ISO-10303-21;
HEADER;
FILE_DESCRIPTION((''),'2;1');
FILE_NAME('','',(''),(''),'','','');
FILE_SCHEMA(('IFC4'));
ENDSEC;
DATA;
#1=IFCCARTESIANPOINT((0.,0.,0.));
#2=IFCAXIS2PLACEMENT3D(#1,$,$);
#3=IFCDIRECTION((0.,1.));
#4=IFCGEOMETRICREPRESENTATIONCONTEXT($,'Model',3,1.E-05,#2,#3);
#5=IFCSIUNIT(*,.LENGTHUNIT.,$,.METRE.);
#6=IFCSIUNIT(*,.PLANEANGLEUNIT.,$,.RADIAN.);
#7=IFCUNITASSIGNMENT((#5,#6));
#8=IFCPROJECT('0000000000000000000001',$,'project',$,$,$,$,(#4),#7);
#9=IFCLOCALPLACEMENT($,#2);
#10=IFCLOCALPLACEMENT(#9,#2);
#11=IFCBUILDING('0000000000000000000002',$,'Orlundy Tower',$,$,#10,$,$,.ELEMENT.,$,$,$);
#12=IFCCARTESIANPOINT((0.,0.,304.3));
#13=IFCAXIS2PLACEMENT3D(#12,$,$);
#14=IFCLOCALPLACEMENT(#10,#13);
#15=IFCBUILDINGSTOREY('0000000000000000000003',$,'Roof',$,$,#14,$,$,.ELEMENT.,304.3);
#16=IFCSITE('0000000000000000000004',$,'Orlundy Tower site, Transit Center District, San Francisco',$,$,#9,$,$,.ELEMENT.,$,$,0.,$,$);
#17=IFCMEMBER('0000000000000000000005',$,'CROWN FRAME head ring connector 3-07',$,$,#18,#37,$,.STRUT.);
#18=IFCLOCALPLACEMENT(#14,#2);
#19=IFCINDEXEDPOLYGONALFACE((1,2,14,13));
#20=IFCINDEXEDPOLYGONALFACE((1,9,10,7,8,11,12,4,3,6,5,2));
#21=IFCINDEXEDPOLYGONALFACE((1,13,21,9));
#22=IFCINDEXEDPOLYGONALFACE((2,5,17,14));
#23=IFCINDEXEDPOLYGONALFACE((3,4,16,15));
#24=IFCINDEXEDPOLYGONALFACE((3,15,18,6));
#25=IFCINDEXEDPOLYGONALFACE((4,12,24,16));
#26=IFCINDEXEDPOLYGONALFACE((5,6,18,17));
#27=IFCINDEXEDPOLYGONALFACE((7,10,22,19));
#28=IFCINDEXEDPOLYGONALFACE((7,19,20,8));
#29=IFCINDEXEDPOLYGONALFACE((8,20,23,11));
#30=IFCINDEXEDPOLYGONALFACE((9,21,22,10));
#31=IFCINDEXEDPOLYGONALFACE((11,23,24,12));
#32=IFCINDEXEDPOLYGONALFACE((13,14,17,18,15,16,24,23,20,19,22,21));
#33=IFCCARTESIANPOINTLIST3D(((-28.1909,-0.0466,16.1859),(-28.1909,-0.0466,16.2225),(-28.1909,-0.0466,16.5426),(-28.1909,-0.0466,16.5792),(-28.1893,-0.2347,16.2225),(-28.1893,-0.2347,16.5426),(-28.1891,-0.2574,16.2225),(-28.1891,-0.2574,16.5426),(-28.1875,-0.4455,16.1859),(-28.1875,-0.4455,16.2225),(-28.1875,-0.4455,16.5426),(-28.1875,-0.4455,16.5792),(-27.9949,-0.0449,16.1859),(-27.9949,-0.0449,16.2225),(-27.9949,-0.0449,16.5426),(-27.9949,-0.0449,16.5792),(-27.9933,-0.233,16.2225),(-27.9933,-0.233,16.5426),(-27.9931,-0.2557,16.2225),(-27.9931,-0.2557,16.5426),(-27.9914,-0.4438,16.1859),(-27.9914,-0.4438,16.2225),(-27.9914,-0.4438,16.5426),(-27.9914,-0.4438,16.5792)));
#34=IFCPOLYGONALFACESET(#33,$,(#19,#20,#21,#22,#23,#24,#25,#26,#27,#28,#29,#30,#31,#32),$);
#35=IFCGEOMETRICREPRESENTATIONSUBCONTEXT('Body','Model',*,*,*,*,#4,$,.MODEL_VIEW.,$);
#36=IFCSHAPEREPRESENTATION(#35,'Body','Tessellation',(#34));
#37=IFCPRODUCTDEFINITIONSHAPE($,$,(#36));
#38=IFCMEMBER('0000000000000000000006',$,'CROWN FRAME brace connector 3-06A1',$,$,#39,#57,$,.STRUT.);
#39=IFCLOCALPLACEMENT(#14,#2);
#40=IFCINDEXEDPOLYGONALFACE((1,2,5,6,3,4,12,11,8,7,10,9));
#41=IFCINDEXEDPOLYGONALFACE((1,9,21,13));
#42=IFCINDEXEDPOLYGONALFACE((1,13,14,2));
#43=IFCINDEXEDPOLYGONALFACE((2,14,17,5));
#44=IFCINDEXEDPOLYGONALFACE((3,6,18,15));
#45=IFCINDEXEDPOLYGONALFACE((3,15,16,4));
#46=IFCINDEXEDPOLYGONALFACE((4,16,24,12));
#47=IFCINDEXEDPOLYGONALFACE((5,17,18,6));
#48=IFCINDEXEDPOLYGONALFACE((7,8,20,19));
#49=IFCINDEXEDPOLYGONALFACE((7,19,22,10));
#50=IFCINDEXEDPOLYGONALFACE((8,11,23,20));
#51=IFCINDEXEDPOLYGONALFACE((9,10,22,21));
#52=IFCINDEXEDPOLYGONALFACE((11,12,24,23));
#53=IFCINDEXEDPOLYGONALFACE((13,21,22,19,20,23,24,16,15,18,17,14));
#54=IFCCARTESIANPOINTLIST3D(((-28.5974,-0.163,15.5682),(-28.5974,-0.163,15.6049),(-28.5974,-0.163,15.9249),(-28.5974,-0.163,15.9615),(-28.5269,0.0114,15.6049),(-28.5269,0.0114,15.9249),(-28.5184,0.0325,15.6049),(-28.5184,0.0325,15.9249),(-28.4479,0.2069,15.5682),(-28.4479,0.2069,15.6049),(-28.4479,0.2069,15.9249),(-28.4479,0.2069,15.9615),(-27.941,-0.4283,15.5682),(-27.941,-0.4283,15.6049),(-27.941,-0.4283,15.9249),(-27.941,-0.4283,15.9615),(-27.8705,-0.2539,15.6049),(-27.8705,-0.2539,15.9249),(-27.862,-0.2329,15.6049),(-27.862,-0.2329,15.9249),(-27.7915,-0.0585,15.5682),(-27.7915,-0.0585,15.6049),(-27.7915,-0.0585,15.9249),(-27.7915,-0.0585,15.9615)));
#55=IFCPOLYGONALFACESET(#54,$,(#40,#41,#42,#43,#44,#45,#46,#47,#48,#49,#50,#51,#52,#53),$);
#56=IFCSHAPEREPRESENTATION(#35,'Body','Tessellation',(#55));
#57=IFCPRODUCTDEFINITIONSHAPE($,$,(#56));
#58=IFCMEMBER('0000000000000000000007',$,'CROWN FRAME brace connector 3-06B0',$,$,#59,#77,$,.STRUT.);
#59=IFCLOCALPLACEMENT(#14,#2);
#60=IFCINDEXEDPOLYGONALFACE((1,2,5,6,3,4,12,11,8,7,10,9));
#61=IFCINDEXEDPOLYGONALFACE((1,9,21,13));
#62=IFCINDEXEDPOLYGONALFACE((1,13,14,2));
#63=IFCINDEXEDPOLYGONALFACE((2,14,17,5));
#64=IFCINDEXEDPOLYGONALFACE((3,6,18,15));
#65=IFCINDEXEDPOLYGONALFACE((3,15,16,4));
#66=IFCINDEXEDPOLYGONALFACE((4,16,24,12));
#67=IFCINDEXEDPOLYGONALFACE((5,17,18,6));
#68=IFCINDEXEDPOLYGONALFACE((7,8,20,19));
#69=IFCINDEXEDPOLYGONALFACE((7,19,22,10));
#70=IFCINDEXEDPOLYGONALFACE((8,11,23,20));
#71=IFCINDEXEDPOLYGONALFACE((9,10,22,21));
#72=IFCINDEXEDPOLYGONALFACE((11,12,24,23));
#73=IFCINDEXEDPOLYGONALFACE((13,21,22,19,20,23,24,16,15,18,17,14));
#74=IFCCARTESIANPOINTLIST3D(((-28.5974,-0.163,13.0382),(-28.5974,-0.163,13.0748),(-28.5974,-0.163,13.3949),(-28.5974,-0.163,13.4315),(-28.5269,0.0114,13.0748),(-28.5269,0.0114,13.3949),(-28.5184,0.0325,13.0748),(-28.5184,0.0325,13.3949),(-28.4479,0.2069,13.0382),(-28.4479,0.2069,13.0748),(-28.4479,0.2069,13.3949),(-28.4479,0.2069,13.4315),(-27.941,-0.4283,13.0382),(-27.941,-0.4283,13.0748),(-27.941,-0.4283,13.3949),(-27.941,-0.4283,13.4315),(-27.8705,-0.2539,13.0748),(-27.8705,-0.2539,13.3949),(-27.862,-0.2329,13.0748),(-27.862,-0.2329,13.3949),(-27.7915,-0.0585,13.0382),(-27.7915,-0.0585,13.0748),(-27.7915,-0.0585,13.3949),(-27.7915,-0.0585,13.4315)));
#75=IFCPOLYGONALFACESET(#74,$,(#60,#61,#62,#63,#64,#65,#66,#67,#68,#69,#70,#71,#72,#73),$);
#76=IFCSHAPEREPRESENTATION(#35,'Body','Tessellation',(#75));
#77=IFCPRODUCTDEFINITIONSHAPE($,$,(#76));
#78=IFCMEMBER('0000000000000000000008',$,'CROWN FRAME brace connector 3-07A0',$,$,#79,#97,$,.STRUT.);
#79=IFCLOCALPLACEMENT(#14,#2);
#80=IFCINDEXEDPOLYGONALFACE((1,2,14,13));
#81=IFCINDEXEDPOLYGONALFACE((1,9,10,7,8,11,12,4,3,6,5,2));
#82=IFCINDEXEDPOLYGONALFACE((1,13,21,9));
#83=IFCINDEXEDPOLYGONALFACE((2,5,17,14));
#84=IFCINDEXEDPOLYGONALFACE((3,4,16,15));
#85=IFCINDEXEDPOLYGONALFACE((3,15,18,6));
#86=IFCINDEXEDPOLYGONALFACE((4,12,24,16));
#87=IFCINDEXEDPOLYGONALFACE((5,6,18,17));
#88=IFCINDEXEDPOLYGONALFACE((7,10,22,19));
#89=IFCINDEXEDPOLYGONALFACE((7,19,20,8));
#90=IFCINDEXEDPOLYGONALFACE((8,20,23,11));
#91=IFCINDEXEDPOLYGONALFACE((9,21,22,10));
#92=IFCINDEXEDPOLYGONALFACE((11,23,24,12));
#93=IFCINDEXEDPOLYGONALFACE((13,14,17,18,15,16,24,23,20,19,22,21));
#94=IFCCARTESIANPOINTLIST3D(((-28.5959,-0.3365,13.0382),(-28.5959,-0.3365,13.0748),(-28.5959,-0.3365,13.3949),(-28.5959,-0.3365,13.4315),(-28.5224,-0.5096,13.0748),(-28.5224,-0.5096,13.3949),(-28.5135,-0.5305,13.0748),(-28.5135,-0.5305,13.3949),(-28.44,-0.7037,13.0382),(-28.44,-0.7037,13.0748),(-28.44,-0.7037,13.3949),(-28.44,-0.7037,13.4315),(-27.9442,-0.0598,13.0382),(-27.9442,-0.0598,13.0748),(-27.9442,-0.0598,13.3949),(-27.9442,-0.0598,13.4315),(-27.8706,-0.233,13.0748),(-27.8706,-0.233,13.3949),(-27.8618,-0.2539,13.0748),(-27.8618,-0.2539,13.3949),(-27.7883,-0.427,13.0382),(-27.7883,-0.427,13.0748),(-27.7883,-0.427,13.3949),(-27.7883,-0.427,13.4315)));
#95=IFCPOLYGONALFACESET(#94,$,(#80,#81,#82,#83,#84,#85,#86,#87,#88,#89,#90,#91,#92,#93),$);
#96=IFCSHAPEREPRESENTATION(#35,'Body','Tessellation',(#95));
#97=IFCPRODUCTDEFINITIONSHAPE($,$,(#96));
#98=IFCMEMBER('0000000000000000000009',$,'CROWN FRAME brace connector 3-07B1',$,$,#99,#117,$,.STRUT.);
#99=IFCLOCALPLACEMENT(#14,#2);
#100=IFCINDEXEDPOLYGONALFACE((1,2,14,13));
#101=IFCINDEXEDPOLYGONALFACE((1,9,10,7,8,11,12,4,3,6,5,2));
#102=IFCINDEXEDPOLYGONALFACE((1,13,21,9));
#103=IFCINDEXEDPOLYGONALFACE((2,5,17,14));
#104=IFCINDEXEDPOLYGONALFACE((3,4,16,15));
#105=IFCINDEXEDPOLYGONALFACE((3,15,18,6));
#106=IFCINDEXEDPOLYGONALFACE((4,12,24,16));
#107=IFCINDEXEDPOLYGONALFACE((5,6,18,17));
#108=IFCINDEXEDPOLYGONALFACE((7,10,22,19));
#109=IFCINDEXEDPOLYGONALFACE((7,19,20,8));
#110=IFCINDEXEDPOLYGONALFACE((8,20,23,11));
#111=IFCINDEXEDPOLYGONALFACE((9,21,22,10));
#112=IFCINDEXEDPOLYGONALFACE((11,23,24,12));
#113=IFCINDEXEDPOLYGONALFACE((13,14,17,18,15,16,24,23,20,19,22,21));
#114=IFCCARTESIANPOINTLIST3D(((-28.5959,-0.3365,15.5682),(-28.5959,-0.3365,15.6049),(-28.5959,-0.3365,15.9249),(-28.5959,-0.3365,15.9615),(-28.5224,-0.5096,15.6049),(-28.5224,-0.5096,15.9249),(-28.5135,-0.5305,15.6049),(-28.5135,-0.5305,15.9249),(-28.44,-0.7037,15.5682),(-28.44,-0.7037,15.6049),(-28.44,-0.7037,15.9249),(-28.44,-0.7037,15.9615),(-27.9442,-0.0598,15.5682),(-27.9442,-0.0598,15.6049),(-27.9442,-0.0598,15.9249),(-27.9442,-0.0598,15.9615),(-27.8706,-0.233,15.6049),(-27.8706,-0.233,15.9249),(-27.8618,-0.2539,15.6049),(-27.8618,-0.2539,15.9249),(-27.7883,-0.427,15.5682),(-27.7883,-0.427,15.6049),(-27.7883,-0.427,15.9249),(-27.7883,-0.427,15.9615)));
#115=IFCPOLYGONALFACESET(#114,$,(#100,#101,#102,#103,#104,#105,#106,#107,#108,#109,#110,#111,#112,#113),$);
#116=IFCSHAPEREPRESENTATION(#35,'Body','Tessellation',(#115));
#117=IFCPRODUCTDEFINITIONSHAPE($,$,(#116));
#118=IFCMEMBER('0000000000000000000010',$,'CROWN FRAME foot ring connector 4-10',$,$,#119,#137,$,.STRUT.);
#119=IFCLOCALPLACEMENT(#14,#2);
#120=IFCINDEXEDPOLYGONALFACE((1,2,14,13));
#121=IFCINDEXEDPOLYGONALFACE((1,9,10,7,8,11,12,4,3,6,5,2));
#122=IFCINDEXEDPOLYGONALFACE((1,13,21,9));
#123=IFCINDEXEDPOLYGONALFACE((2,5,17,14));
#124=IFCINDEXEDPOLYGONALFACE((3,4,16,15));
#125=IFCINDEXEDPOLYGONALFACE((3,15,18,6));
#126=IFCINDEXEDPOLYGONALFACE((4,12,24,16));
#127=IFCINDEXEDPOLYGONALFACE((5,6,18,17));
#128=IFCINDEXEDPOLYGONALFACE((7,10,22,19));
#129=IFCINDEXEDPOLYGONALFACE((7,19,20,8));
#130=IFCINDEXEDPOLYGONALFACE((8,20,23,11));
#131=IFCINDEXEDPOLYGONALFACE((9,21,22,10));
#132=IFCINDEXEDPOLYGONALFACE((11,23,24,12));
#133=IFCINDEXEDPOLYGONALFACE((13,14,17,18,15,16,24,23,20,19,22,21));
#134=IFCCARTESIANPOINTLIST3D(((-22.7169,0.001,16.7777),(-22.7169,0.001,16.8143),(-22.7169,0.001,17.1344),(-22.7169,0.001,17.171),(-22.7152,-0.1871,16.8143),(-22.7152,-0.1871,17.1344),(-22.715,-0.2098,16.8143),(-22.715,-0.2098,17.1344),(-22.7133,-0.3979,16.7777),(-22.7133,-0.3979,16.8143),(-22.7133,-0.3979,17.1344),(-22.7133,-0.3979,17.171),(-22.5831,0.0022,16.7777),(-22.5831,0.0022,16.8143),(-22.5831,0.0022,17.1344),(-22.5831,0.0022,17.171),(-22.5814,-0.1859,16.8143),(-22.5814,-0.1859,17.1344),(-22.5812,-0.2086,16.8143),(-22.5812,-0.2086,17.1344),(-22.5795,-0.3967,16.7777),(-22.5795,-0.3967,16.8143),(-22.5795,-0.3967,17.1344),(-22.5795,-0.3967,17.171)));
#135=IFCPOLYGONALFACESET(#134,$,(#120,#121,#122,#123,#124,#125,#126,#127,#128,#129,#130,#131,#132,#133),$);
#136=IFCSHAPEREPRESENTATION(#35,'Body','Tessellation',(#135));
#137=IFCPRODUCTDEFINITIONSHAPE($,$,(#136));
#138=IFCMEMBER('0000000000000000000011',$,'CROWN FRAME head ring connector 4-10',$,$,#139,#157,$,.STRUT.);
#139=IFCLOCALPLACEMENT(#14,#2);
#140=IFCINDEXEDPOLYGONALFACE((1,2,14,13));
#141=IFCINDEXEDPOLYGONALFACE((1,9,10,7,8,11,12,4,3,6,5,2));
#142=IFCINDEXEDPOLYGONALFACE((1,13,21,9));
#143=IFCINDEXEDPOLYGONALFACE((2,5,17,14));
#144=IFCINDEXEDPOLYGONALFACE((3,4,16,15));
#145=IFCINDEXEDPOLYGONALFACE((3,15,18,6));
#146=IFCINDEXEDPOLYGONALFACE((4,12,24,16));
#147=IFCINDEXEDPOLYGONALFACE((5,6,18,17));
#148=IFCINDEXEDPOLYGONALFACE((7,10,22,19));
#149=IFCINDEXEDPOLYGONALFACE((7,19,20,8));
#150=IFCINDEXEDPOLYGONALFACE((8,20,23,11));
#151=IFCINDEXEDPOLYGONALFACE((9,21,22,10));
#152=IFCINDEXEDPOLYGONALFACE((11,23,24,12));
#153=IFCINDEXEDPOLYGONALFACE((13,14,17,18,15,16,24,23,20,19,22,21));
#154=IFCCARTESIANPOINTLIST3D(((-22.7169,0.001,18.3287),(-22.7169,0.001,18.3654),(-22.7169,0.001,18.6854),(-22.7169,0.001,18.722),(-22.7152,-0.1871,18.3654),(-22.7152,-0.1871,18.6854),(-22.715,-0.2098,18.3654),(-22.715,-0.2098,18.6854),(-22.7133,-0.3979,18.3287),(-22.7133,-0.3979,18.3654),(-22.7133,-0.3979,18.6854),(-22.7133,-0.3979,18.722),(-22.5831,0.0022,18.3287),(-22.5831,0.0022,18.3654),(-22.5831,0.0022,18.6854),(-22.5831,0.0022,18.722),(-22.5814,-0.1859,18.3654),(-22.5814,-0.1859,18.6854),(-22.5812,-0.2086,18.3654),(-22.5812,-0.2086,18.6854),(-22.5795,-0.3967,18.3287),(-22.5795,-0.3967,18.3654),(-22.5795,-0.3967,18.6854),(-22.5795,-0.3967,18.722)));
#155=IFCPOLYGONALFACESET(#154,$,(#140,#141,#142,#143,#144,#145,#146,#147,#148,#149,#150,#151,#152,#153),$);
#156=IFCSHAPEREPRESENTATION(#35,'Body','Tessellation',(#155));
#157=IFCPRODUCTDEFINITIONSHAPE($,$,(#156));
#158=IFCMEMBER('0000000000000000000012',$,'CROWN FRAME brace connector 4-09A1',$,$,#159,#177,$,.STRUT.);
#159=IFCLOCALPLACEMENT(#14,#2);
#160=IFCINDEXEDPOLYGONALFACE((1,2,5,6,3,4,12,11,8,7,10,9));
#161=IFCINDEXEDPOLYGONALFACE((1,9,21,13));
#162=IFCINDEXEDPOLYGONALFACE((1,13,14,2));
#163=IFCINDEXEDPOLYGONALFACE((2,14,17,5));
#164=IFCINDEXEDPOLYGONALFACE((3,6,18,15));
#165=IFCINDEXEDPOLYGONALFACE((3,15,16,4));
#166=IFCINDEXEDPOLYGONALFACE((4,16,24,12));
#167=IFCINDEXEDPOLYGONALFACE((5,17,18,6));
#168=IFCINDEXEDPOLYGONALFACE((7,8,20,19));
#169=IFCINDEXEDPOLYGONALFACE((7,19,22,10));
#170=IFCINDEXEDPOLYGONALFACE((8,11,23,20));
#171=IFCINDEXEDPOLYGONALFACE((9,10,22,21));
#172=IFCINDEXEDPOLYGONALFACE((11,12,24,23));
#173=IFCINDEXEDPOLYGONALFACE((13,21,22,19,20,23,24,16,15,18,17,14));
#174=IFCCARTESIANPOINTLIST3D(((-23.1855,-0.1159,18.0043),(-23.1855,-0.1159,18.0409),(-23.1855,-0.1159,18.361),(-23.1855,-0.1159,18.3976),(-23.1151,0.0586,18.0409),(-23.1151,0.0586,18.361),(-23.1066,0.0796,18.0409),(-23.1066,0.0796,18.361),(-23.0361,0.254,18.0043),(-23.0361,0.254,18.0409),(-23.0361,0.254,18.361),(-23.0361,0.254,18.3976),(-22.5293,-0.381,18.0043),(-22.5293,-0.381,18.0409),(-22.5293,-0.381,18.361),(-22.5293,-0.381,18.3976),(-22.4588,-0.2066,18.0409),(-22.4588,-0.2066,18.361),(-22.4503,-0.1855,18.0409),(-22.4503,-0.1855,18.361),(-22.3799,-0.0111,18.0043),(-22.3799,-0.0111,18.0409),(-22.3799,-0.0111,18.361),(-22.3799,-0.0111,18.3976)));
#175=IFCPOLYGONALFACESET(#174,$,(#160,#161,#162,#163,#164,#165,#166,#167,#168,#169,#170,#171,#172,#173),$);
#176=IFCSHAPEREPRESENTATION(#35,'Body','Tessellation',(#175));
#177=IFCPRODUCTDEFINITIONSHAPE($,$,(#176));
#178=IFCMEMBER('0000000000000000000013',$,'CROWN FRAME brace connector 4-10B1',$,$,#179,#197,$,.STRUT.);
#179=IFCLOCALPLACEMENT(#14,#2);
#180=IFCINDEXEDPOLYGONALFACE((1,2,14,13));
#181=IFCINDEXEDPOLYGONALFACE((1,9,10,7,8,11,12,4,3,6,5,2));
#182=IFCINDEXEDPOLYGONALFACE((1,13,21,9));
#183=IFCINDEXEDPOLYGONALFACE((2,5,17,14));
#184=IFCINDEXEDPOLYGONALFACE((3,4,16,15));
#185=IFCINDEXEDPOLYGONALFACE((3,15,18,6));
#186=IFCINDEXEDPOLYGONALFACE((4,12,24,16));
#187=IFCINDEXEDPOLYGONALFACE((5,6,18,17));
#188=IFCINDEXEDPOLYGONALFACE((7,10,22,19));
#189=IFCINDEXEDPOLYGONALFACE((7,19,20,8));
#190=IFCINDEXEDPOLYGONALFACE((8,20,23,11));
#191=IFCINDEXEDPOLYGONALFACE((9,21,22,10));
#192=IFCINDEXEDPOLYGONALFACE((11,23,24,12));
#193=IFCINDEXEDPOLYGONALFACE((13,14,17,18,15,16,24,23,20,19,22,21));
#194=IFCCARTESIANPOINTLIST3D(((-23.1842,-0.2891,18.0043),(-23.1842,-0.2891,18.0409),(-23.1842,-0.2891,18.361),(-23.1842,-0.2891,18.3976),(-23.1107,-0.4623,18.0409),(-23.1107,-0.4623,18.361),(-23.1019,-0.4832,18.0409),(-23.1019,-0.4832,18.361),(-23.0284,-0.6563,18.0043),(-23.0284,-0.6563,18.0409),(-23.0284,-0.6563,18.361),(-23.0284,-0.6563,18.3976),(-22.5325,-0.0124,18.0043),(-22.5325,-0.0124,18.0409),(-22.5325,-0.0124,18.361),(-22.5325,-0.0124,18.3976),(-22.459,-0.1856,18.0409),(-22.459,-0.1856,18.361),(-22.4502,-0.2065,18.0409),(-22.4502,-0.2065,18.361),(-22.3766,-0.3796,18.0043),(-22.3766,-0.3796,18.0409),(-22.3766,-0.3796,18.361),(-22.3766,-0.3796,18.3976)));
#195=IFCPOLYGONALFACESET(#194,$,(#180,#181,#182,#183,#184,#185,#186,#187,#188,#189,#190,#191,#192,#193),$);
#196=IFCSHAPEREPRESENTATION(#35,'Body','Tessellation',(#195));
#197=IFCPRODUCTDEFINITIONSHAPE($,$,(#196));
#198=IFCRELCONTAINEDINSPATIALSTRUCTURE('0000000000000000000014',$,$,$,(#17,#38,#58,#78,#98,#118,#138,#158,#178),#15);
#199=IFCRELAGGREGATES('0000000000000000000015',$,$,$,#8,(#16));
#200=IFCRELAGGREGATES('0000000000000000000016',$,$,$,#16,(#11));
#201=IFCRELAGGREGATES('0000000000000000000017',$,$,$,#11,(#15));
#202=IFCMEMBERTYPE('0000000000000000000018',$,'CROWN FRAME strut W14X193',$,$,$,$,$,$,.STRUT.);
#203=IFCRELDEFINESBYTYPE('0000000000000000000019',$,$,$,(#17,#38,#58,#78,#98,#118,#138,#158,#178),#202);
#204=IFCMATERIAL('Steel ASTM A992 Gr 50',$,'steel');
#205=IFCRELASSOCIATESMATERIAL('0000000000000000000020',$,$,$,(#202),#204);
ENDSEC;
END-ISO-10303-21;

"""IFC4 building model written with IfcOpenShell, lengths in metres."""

from ifc_helpers import new_model, si_unit, direction, frame, origin, origin_2d, place, context, subcontext, project, spatial, i_section, extrude, material, material_profile, profile_set, type_object, element, save


model = new_model("IFC4")

# Units and contexts
model_context = context("Model", 3, precision=1e-05, world=origin(), true_north=direction((0.0, 1.0)))
body_context = subcontext(model_context, "Body", "Model", "MODEL_VIEW")
ifc_project = project(units=[si_unit("LENGTHUNIT", "METRE"), si_unit("PLANEANGLEUNIT", "RADIAN")], contexts=[model_context])

# Site, building, storey
site_placement = place(None, origin())
site = spatial("IfcSite", under=ifc_project, at=site_placement, Name="Orlundy Tower site, Transit Center District, San Francisco", CompositionType="ELEMENT", RefElevation=0.0)
building_placement = place(site_placement, origin())
building = spatial("IfcBuilding", under=site, at=building_placement, Name="Orlundy Tower", CompositionType="ELEMENT")
storey_placement = place(building_placement, frame((0.0, 0.0, 304.3)))
storey = spatial("IfcBuildingStorey", under=building, at=storey_placement, Name="Roof", CompositionType="ELEMENT", Elevation=304.3)

# Members
ifc_material_1 = material(Name="Steel ASTM A992 Gr 50", Category="steel")
ifc_material_profile_1 = material_profile(ifc_material_1, i_section(OverallWidth=0.3989, OverallDepth=0.3933, WebThickness=0.0227, FlangeThickness=0.0366, at=origin_2d()), Name="W14X193")
ifc_profile_set_1 = profile_set([ifc_material_profile_1], Name="Steel ASTM A992 Gr 50")
member_type = type_object("IfcMemberType", Name="CROWN FRAME strut W14X193", PredefinedType="STRUT", material=ifc_profile_set_1)
member_1_placement = place(storey_placement, frame((-27.9932, -0.2444, 16.3826), z_axis=(-0.999962, -0.008717, 0.0), x_axis=(0.008717, -0.999962, 0.0)))
element("IfcMember", 1, at=member_1_placement, inside=storey, type_object=member_type, Name="CROWN FRAME head ring connector 3-07", PredefinedType="STRUT", context=body_context, shape_type="SweptSolid", body=[
    extrude(i_section(OverallWidth=0.3989, OverallDepth=0.3933, WebThickness=0.0227, FlangeThickness=0.0366, at=origin_2d()), origin(), (0.0, 0.0, 1.0), 0.196),
])
for number, where, z_axis, x_axis, name in (
    (2, (-27.8662, -0.2434, 15.7649), (-0.927115, 0.374777, 0.0), (-0.374777, -0.927115, 0.0), "CROWN FRAME brace connector 3-06A1"),
    (3, (-27.8662, -0.2434, 13.2349), (-0.927115, 0.374777, 0.0), (-0.374777, -0.927115, 0.0), "CROWN FRAME brace connector 3-06B0"),
    (4, (-27.8662, -0.2434, 13.2349), (-0.920495, -0.390754, 0.0), (0.390754, -0.920495, 0.0), "CROWN FRAME brace connector 3-07A0"),
    (5, (-27.8662, -0.2434, 15.7649), (-0.920495, -0.390754, 0.0), (0.390754, -0.920495, 0.0), "CROWN FRAME brace connector 3-07B1"),
):
    element("IfcMember", number, at=place(storey_placement, frame(where, z_axis=z_axis, x_axis=x_axis)), inside=storey, type_object=member_type, Name=name, PredefinedType="STRUT", context=body_context, shape_type="SweptSolid", body=[
        extrude(i_section(OverallWidth=0.3989, OverallDepth=0.3933, WebThickness=0.0227, FlangeThickness=0.0366, at=origin_2d()), origin(), (0.0, 0.0, 1.0), 0.708),
    ])
for number, where, z_axis, x_axis, name in (
    (6, (-22.5813, -0.1973, 16.9744), (-0.999958, -0.009124, 0.0), (0.009124, -0.999958, 0.0), "CROWN FRAME foot ring connector 4-10"),
    (7, (-22.5813, -0.1973, 18.5254), (-0.999958, -0.009124, 0.0), (0.009124, -0.999958, 0.0), "CROWN FRAME head ring connector 4-10"),
):
    element("IfcMember", number, at=place(storey_placement, frame(where, z_axis=z_axis, x_axis=x_axis)), inside=storey, type_object=member_type, Name=name, PredefinedType="STRUT", context=body_context, shape_type="SweptSolid", body=[
        extrude(i_section(OverallWidth=0.3989, OverallDepth=0.3933, WebThickness=0.0227, FlangeThickness=0.0366, at=origin_2d()), origin(), (0.0, 0.0, 1.0), 0.1338),
    ])
member_2_placement = place(storey_placement, frame((-22.4546, -0.196, 18.2009), z_axis=(-0.927187, 0.3746, 0.0), x_axis=(-0.3746, -0.927187, 0.0)))
element("IfcMember", 8, at=member_2_placement, inside=storey, type_object=member_type, Name="CROWN FRAME brace connector 4-09A1", PredefinedType="STRUT", context=body_context, shape_type="SweptSolid", body=[
    extrude(i_section(OverallWidth=0.3989, OverallDepth=0.3933, WebThickness=0.0227, FlangeThickness=0.0366, at=origin_2d()), origin(), (0.0, 0.0, 1.0), 0.7078),
])
member_3_placement = place(storey_placement, frame((-22.4546, -0.196, 18.2009), z_axis=(-0.920495, -0.390754, 0.0), x_axis=(0.390754, -0.920495, 0.0)))
element("IfcMember", 9, at=member_3_placement, inside=storey, type_object=member_type, Name="CROWN FRAME brace connector 4-10B1", PredefinedType="STRUT", context=body_context, shape_type="SweptSolid", body=[
    extrude(i_section(OverallWidth=0.3989, OverallDepth=0.3933, WebThickness=0.0227, FlangeThickness=0.0366, at=origin_2d()), origin(), (0.0, 0.0, 1.0), 0.708),
])

save(model, "model.ifc")
